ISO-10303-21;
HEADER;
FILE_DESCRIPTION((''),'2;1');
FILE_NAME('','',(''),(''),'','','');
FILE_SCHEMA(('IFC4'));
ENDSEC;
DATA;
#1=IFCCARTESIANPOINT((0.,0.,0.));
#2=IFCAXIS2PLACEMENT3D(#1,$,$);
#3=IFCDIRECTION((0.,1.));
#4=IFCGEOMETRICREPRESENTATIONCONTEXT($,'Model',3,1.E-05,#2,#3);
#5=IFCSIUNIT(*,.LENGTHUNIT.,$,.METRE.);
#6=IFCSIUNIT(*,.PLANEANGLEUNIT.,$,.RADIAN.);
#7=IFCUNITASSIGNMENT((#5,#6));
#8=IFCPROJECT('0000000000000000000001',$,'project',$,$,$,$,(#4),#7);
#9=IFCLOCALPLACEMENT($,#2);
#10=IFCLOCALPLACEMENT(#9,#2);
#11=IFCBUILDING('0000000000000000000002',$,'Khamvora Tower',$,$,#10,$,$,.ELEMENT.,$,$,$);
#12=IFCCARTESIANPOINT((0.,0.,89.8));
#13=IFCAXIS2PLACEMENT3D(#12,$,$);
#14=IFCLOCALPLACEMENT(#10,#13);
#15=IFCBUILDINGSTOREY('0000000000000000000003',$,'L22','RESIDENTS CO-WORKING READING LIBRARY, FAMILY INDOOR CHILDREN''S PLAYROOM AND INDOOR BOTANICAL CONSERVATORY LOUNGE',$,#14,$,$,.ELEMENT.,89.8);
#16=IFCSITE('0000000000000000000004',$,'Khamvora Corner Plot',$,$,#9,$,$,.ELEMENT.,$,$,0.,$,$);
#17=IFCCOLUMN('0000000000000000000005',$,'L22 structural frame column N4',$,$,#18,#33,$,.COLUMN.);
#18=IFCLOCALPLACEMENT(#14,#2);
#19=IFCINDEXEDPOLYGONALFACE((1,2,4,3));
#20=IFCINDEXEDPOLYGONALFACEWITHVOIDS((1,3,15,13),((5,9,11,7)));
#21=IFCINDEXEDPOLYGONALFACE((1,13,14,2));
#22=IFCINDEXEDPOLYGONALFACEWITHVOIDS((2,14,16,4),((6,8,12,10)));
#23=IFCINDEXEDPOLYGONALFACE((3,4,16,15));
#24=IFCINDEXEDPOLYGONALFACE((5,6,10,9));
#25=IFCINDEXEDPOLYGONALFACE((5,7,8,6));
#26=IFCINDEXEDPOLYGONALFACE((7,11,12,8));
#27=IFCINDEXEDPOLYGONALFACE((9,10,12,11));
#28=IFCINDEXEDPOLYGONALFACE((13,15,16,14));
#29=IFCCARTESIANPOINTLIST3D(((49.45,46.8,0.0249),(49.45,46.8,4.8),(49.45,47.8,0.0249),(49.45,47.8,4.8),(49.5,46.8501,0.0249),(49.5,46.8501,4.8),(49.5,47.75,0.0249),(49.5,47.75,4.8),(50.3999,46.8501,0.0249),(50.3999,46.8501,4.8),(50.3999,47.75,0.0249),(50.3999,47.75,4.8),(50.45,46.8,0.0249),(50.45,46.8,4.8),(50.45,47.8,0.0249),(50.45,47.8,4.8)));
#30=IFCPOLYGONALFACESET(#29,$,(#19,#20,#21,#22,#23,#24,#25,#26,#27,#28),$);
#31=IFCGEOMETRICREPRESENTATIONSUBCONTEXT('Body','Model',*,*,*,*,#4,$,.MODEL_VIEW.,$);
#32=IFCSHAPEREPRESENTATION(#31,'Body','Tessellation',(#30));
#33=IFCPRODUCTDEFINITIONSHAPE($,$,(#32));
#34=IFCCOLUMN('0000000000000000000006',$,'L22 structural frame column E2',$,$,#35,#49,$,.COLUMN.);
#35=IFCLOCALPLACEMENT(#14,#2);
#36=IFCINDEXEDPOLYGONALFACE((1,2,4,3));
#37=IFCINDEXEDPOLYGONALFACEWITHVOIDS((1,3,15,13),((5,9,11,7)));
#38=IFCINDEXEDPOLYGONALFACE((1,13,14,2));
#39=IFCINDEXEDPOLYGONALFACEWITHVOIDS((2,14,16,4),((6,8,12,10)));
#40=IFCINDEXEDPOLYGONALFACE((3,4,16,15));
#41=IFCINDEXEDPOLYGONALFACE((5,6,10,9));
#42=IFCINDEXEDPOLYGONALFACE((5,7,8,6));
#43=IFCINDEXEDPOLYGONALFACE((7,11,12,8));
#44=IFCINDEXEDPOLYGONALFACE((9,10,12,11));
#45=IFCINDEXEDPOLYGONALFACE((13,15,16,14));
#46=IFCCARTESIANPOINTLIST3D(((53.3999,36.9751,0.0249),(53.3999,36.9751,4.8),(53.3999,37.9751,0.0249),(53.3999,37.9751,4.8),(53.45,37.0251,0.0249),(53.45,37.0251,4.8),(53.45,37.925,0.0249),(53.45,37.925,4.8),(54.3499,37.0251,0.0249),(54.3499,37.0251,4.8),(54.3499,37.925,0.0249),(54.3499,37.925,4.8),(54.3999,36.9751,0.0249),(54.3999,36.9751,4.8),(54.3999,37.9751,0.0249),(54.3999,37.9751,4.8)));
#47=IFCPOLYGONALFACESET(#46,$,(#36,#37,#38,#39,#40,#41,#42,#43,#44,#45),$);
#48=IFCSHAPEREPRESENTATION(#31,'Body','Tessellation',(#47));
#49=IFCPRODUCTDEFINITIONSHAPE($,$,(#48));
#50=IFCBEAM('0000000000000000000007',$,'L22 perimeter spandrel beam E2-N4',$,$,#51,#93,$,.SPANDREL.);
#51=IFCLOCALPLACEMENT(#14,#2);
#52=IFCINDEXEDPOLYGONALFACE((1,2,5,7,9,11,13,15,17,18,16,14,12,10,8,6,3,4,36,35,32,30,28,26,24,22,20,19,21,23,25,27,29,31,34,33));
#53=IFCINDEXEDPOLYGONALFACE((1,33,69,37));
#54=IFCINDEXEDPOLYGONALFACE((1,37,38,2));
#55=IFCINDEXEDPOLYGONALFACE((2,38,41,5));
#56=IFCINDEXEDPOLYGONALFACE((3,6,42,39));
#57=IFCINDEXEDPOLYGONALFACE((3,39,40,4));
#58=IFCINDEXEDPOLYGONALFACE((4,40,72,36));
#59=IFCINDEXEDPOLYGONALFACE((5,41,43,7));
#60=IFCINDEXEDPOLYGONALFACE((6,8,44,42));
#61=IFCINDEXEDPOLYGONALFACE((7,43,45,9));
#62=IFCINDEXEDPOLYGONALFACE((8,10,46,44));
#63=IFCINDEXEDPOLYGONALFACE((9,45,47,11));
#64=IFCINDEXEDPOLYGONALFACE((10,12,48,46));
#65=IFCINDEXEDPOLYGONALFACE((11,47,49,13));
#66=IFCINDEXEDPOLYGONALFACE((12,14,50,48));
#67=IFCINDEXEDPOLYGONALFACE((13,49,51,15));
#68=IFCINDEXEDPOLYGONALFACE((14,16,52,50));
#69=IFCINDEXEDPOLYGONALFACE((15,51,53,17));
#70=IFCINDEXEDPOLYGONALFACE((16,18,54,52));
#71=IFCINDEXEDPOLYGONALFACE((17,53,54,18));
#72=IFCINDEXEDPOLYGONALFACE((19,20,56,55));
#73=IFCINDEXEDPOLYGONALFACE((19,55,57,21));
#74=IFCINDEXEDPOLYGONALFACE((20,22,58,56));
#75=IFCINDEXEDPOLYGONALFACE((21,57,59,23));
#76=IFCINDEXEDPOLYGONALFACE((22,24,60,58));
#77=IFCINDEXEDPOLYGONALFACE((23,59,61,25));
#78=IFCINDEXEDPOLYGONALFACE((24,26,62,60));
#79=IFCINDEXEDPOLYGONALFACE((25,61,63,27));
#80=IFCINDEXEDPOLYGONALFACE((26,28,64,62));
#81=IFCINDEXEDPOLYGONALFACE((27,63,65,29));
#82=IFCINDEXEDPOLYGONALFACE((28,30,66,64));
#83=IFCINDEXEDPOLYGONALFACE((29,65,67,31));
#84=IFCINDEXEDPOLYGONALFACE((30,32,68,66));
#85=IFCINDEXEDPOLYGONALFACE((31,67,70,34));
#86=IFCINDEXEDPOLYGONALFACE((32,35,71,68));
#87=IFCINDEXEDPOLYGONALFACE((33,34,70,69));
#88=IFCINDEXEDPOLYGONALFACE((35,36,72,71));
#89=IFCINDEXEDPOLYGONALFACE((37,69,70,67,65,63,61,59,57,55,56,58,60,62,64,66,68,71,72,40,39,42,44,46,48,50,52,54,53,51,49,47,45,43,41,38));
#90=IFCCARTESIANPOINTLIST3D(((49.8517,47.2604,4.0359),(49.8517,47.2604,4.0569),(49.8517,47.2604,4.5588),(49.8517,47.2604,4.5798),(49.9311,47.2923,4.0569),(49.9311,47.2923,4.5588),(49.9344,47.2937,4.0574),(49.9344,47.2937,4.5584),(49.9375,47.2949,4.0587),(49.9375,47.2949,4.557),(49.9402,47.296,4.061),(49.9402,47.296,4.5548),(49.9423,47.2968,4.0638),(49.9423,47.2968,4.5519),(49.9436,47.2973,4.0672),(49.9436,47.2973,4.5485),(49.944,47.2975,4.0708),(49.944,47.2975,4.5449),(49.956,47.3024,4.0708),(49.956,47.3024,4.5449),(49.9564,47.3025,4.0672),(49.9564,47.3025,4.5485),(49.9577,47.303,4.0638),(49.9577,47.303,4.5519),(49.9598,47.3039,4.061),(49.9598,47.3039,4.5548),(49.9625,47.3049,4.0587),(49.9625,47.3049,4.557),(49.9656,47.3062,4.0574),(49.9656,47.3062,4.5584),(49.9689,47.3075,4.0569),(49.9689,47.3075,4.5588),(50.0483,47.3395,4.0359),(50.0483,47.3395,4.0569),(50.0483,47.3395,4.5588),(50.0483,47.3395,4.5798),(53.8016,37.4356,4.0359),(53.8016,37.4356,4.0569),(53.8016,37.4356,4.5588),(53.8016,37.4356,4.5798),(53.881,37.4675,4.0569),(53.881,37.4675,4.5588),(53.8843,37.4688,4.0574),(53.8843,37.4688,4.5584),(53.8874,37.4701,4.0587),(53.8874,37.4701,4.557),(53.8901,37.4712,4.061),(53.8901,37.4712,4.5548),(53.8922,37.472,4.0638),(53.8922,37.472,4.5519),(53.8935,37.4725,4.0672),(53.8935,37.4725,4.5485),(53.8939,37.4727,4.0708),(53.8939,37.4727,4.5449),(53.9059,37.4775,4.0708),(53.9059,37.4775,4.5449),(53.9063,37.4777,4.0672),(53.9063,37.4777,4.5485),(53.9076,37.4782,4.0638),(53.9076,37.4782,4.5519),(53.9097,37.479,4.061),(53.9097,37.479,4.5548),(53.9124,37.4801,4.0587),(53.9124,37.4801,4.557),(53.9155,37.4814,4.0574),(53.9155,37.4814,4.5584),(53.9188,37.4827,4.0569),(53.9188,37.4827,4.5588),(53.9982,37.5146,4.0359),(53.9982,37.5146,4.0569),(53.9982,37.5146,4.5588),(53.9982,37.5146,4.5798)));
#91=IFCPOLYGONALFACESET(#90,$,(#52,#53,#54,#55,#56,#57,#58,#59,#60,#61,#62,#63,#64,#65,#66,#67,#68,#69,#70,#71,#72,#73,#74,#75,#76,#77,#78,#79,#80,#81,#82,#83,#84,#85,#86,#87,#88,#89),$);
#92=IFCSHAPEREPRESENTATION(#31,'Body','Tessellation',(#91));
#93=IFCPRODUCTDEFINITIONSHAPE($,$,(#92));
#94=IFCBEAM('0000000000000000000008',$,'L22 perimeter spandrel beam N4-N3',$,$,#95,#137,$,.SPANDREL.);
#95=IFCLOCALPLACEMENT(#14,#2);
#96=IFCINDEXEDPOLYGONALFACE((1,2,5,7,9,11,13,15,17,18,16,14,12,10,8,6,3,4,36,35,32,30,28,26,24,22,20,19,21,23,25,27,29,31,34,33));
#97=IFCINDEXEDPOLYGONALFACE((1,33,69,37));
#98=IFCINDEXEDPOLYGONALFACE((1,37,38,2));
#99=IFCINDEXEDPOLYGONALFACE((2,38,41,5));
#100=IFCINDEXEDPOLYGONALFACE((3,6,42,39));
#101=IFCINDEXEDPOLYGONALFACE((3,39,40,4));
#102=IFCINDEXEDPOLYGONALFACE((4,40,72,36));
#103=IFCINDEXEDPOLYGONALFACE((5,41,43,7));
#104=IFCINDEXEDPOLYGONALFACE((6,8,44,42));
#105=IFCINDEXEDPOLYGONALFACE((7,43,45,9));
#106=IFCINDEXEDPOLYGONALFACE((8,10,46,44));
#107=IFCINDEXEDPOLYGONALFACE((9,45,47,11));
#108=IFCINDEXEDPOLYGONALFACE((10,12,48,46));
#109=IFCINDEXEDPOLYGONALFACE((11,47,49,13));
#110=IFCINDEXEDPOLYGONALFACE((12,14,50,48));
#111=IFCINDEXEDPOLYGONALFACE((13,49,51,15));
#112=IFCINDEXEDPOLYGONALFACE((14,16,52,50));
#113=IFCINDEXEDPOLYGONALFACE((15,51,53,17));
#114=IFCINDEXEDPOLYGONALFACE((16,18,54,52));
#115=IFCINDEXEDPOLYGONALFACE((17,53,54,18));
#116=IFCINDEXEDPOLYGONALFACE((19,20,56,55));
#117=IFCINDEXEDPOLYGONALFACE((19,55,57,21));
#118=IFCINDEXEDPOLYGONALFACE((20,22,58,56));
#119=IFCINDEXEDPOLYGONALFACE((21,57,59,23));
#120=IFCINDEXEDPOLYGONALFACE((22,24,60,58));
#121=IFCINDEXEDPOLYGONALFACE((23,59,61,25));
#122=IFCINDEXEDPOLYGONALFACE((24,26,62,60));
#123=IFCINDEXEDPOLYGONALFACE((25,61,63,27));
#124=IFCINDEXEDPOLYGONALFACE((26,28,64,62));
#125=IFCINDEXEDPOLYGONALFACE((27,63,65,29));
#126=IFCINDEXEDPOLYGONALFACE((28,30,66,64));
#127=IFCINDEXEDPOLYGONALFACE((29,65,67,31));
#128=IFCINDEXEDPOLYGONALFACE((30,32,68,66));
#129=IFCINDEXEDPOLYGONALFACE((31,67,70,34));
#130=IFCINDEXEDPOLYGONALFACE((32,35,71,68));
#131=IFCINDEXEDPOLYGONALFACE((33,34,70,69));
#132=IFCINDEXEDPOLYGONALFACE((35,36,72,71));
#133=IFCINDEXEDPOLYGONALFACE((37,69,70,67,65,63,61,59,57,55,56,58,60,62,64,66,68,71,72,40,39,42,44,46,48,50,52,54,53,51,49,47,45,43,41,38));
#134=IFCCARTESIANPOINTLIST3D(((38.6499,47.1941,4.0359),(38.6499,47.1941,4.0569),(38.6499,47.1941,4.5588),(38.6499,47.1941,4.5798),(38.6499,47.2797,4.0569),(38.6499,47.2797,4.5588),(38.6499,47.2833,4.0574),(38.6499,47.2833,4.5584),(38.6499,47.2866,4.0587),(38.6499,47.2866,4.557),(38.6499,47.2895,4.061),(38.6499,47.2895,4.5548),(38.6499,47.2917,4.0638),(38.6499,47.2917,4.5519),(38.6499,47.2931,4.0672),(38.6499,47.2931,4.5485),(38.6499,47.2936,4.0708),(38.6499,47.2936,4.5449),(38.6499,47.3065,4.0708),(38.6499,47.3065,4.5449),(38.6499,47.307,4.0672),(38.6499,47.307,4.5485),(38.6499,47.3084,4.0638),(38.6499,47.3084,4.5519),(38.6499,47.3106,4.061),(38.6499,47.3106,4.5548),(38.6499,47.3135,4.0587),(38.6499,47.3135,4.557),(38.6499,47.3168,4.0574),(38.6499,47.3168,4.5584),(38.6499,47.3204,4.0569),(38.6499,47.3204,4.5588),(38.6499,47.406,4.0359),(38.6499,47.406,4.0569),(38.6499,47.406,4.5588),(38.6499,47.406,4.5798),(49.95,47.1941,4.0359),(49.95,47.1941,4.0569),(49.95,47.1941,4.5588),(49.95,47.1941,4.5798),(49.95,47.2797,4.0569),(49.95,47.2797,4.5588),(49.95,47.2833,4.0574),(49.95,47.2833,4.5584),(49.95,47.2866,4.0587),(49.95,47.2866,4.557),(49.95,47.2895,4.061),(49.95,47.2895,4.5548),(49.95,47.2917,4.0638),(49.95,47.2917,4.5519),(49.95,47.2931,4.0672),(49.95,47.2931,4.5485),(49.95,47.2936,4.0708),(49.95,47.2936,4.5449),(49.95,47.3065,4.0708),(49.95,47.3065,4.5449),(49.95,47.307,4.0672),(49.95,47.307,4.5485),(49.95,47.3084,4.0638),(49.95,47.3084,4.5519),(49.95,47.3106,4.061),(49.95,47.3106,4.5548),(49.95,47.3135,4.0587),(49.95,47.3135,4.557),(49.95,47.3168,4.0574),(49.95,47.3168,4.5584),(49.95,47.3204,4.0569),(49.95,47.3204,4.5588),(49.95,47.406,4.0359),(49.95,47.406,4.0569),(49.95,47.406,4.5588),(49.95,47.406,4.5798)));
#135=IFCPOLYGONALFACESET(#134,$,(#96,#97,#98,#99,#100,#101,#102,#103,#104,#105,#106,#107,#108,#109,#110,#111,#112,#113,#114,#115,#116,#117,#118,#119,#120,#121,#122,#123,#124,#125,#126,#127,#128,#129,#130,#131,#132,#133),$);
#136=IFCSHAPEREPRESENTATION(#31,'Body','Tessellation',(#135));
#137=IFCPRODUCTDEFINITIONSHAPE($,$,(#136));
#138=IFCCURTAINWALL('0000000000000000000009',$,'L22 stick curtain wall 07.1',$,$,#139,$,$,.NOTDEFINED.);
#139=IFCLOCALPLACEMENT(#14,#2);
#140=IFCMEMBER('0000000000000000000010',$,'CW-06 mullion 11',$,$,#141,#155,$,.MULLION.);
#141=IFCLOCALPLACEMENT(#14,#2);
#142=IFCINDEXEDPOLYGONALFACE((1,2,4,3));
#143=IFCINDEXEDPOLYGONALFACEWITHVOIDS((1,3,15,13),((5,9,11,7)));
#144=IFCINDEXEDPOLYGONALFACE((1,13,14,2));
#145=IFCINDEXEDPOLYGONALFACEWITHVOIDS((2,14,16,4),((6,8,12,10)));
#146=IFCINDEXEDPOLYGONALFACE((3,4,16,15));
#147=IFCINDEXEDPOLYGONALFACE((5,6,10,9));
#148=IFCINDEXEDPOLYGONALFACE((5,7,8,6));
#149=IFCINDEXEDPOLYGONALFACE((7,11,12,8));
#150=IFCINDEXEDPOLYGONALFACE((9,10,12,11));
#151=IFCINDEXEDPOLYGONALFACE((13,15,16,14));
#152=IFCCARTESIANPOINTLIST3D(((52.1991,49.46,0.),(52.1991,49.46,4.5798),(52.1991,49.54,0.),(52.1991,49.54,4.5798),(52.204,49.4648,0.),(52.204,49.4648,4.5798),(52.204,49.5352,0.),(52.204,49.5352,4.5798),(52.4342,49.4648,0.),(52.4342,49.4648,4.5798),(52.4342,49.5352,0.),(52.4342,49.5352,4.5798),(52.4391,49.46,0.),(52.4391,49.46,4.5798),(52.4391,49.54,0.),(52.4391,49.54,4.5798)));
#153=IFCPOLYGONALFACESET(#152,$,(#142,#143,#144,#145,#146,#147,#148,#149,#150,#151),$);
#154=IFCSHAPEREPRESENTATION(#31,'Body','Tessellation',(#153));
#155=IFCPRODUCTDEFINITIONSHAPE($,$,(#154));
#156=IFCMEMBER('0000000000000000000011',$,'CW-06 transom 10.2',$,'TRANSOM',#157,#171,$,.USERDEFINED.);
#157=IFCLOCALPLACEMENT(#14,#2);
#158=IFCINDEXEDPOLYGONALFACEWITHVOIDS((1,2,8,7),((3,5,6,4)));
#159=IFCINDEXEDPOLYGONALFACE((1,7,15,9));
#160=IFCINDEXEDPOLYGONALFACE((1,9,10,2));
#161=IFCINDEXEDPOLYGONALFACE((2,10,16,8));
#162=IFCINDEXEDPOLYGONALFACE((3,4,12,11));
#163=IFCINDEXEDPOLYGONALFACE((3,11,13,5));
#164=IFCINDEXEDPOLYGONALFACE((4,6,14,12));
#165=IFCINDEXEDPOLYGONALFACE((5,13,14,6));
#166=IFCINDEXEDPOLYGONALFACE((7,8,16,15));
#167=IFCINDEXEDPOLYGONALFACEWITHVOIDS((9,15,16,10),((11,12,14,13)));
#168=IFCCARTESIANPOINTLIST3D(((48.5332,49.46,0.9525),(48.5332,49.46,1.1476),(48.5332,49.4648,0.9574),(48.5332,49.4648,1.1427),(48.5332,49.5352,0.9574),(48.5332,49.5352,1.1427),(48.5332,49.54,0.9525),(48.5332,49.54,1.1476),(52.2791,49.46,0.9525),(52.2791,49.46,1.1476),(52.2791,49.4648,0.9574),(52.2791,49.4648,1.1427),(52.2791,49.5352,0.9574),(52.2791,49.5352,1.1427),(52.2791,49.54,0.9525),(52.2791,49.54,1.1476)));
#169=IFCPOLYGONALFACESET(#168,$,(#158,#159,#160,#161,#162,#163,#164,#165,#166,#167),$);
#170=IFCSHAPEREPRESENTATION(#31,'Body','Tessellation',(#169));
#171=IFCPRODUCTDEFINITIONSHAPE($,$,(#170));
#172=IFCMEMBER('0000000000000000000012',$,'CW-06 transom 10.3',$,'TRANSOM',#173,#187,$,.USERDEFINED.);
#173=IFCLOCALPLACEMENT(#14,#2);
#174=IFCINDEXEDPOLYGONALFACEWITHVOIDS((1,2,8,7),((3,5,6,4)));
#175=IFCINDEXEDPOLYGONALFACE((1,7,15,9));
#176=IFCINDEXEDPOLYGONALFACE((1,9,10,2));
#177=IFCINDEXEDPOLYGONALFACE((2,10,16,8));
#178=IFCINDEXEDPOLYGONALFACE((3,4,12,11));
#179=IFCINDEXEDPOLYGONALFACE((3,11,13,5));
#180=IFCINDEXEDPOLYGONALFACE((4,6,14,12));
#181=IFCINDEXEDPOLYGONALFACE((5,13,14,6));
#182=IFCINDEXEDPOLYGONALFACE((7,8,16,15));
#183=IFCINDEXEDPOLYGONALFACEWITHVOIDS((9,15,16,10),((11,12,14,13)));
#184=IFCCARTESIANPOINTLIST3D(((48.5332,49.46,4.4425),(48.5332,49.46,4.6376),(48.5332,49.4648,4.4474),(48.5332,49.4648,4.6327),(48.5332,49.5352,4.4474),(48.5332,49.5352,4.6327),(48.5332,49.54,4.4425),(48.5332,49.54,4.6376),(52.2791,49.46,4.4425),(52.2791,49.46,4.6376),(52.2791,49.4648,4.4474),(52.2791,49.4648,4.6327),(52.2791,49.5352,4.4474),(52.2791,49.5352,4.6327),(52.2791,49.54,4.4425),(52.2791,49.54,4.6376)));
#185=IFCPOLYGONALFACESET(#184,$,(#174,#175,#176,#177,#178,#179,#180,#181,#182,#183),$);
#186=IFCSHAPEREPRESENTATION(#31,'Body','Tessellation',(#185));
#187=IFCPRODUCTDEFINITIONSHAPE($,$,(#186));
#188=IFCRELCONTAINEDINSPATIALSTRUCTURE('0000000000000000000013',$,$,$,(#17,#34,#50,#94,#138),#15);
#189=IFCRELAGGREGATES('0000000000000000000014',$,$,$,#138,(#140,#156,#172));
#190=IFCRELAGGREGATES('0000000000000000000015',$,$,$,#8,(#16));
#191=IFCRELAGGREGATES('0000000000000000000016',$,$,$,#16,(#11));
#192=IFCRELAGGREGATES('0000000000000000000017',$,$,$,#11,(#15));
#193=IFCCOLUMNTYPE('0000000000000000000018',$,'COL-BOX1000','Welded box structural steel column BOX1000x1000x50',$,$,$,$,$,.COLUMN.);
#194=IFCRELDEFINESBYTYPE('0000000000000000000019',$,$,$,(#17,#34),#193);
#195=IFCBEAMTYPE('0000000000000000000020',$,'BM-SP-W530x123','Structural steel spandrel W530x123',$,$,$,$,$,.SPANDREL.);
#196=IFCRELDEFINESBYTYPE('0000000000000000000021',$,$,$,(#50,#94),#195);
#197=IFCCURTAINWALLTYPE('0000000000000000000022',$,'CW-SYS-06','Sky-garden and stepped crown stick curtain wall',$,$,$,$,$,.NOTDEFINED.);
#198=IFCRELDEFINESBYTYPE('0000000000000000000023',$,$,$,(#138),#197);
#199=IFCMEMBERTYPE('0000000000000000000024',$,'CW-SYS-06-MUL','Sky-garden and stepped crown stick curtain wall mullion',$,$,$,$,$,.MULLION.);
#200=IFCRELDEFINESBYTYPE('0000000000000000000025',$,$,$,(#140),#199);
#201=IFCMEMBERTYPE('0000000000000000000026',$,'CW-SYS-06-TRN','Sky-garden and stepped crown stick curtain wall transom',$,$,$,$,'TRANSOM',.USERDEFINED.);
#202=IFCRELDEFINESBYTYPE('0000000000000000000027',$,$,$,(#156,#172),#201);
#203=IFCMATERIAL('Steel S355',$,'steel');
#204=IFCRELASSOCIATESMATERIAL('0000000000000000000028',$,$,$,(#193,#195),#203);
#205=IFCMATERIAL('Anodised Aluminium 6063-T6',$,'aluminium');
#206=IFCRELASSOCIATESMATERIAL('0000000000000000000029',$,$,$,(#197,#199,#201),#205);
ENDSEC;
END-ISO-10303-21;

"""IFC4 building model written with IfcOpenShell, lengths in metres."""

from ifc_helpers import new_model, si_unit, direction, frame, origin, origin_2d, place, context, subcontext, project, spatial, hollow_rectangle, i_section, extrude, material, material_profile, profile_set, type_object, element, aggregate, save


model = new_model("IFC4")

# Units and contexts
model_context = context("Model", 3, precision=1e-05, world=origin(), true_north=direction((0.0, 1.0)))
body_context = subcontext(model_context, "Body", "Model", "MODEL_VIEW")
ifc_project = project(units=[si_unit("LENGTHUNIT", "METRE"), si_unit("PLANEANGLEUNIT", "RADIAN")], contexts=[model_context])

# Site, building, storey
site_placement = place(None, origin())
site = spatial("IfcSite", under=ifc_project, at=site_placement, Name="Khamvora Corner Plot", CompositionType="ELEMENT", RefElevation=0.0)
building_placement = place(site_placement, origin())
building = spatial("IfcBuilding", under=site, at=building_placement, Name="Khamvora Tower", CompositionType="ELEMENT")
storey_placement = place(building_placement, frame((0.0, 0.0, 89.8)))
storey = spatial("IfcBuildingStorey", under=building, at=storey_placement, Name="L22", Description="RESIDENTS CO-WORKING READING LIBRARY, FAMILY INDOOR CHILDREN'S PLAYROOM AND INDOOR BOTANICAL CONSERVATORY LOUNGE", CompositionType="ELEMENT", Elevation=89.8)

# Columns
ifc_material_1 = material(Name="Steel S355", Category="steel")
ifc_material_profile_1 = material_profile(ifc_material_1, hollow_rectangle(XDim=1.0, YDim=1.0, WallThickness=0.05, at=origin_2d()), Name="BOX1000x1000x50")
ifc_profile_set_1 = profile_set([ifc_material_profile_1], Name="Steel S355")
column_type = type_object("IfcColumnType", Name="COL-BOX1000", Description="Welded box structural steel column BOX1000x1000x50", PredefinedType="COLUMN", material=ifc_profile_set_1)
for number, where, z_axis, x_axis, name in (
    (1, (49.95, 47.3, 0.0249), (0.0, 0.0, 1.0), (1.0, 0.0, 0.0), "L22 structural frame column N4"),
    (2, (53.8999, 37.4751, 0.0249), (0.0, 0.0, 1.0), (1.0, 0.0, 0.0), "L22 structural frame column E2"),
):
    element("IfcColumn", number, at=place(storey_placement, frame(where, z_axis=z_axis, x_axis=x_axis)), inside=storey, type_object=column_type, Name=name, PredefinedType="COLUMN", context=body_context, shape_type="SweptSolid", body=[
        extrude(hollow_rectangle(XDim=1.0, YDim=1.0, WallThickness=0.05, at=origin_2d()), origin(), (0.0, 0.0, 1.0), 4.7751),
    ])

# Beams
ifc_material_profile_2 = material_profile(ifc_material_1, i_section(OverallWidth=0.2119, OverallDepth=0.5439, WebThickness=0.0129, FlangeThickness=0.021, FilletRadius=0.0139, at=origin_2d()), Name="W530x123")
ifc_profile_set_2 = profile_set([ifc_material_profile_2], Name="Steel S355")
beam_type = type_object("IfcBeamType", Name="BM-SP-W530x123", Description="Structural steel spandrel W530x123", PredefinedType="SPANDREL", material=ifc_profile_set_2)
beam_1_placement = place(storey_placement, frame((53.8999, 37.4751, 4.3079), z_axis=(-0.373016, 0.927825, 0.0), x_axis=(-0.927825, -0.373016, 0.0)))
element("IfcBeam", 3, at=beam_1_placement, inside=storey, type_object=beam_type, Name="L22 perimeter spandrel beam E2-N4", PredefinedType="SPANDREL", context=body_context, shape_type="SweptSolid", body=[
    extrude(i_section(OverallWidth=0.2119, OverallDepth=0.5439, WebThickness=0.0129, FlangeThickness=0.021, FilletRadius=0.0139, at=origin_2d()), origin(), (0.0, 0.0, 1.0), 10.5891),
])
beam_2_placement = place(storey_placement, frame((49.95, 47.3, 4.3079), z_axis=(-1.0, 0.0, 0.0), x_axis=(0.0, -1.0, 0.0)))
element("IfcBeam", 4, at=beam_2_placement, inside=storey, type_object=beam_type, Name="L22 perimeter spandrel beam N4-N3", PredefinedType="SPANDREL", context=body_context, shape_type="SweptSolid", body=[
    extrude(i_section(OverallWidth=0.2119, OverallDepth=0.5439, WebThickness=0.0129, FlangeThickness=0.021, FilletRadius=0.0139, at=origin_2d()), origin(), (0.0, 0.0, 1.0), 11.3),
])

# Curtain wall, members
ifc_material_2 = material(Name="Anodised Aluminium 6063-T6", Category="aluminium")
curtain_wall_type = type_object("IfcCurtainWallType", Name="CW-SYS-06", Description="Sky-garden and stepped crown stick curtain wall", PredefinedType="NOTDEFINED", material=ifc_material_2)
curtain_wall_placement = place(storey_placement, origin())
curtain_wall = element("IfcCurtainWall", 5, at=curtain_wall_placement, inside=storey, type_object=curtain_wall_type, Name="L22 stick curtain wall 07.1", PredefinedType="NOTDEFINED")
ifc_material_profile_3 = material_profile(ifc_material_2, hollow_rectangle(XDim=0.0801, YDim=0.24, WallThickness=0.0049, at=origin_2d()), Name="MUL80x240x5")
ifc_profile_set_3 = profile_set([ifc_material_profile_3], Name="Anodised Aluminium 6063-T6")
member_type_1 = type_object("IfcMemberType", Name="CW-SYS-06-MUL", Description="Sky-garden and stepped crown stick curtain wall mullion", PredefinedType="MULLION", material=ifc_profile_set_3)
member_1_placement = place(storey_placement, frame((52.3191, 49.5, 0.0), z_axis=(0.0, 0.0, 1.0), x_axis=(0.0, 1.0, 0.0)))
member_1 = element("IfcMember", 6, at=member_1_placement, type_object=member_type_1, Name="CW-06 mullion 11", PredefinedType="MULLION", context=body_context, shape_type="SweptSolid", body=[
    extrude(hollow_rectangle(XDim=0.0801, YDim=0.24, WallThickness=0.0049, at=origin_2d()), origin(), (0.0, 0.0, 1.0), 4.5798),
])
ifc_material_profile_4 = material_profile(ifc_material_2, hollow_rectangle(XDim=0.0801, YDim=0.1951, WallThickness=0.0049, at=origin_2d()), Name="TRN80x195x5")
ifc_profile_set_4 = profile_set([ifc_material_profile_4], Name="Anodised Aluminium 6063-T6")
member_type_2 = type_object("IfcMemberType", Name="CW-SYS-06-TRN", Description="Sky-garden and stepped crown stick curtain wall transom", ElementType="TRANSOM", PredefinedType="USERDEFINED", material=ifc_profile_set_4)
member_2_placement = place(storey_placement, frame((48.5332, 49.5, 1.05), z_axis=(1.0, 0.0, 0.0), x_axis=(0.0, 1.0, 0.0)))
member_2 = element("IfcMember", 7, at=member_2_placement, type_object=member_type_2, Name="CW-06 transom 10.2", ObjectType="TRANSOM", PredefinedType="USERDEFINED", context=body_context, shape_type="SweptSolid", body=[
    extrude(hollow_rectangle(XDim=0.0801, YDim=0.1951, WallThickness=0.0049, at=origin_2d()), origin(), (0.0, 0.0, 1.0), 3.7458),
])
member_3_placement = place(storey_placement, frame((48.5332, 49.5, 4.54), z_axis=(1.0, 0.0, 0.0), x_axis=(0.0, 1.0, 0.0)))
member_3 = element("IfcMember", 8, at=member_3_placement, type_object=member_type_2, Name="CW-06 transom 10.3", ObjectType="TRANSOM", PredefinedType="USERDEFINED", context=body_context, shape_type="SweptSolid", body=[
    extrude(hollow_rectangle(XDim=0.0801, YDim=0.1951, WallThickness=0.0049, at=origin_2d()), origin(), (0.0, 0.0, 1.0), 3.7458),
])
aggregate(curtain_wall, [member_1, member_2, member_3])

save(model, "model.ifc")
